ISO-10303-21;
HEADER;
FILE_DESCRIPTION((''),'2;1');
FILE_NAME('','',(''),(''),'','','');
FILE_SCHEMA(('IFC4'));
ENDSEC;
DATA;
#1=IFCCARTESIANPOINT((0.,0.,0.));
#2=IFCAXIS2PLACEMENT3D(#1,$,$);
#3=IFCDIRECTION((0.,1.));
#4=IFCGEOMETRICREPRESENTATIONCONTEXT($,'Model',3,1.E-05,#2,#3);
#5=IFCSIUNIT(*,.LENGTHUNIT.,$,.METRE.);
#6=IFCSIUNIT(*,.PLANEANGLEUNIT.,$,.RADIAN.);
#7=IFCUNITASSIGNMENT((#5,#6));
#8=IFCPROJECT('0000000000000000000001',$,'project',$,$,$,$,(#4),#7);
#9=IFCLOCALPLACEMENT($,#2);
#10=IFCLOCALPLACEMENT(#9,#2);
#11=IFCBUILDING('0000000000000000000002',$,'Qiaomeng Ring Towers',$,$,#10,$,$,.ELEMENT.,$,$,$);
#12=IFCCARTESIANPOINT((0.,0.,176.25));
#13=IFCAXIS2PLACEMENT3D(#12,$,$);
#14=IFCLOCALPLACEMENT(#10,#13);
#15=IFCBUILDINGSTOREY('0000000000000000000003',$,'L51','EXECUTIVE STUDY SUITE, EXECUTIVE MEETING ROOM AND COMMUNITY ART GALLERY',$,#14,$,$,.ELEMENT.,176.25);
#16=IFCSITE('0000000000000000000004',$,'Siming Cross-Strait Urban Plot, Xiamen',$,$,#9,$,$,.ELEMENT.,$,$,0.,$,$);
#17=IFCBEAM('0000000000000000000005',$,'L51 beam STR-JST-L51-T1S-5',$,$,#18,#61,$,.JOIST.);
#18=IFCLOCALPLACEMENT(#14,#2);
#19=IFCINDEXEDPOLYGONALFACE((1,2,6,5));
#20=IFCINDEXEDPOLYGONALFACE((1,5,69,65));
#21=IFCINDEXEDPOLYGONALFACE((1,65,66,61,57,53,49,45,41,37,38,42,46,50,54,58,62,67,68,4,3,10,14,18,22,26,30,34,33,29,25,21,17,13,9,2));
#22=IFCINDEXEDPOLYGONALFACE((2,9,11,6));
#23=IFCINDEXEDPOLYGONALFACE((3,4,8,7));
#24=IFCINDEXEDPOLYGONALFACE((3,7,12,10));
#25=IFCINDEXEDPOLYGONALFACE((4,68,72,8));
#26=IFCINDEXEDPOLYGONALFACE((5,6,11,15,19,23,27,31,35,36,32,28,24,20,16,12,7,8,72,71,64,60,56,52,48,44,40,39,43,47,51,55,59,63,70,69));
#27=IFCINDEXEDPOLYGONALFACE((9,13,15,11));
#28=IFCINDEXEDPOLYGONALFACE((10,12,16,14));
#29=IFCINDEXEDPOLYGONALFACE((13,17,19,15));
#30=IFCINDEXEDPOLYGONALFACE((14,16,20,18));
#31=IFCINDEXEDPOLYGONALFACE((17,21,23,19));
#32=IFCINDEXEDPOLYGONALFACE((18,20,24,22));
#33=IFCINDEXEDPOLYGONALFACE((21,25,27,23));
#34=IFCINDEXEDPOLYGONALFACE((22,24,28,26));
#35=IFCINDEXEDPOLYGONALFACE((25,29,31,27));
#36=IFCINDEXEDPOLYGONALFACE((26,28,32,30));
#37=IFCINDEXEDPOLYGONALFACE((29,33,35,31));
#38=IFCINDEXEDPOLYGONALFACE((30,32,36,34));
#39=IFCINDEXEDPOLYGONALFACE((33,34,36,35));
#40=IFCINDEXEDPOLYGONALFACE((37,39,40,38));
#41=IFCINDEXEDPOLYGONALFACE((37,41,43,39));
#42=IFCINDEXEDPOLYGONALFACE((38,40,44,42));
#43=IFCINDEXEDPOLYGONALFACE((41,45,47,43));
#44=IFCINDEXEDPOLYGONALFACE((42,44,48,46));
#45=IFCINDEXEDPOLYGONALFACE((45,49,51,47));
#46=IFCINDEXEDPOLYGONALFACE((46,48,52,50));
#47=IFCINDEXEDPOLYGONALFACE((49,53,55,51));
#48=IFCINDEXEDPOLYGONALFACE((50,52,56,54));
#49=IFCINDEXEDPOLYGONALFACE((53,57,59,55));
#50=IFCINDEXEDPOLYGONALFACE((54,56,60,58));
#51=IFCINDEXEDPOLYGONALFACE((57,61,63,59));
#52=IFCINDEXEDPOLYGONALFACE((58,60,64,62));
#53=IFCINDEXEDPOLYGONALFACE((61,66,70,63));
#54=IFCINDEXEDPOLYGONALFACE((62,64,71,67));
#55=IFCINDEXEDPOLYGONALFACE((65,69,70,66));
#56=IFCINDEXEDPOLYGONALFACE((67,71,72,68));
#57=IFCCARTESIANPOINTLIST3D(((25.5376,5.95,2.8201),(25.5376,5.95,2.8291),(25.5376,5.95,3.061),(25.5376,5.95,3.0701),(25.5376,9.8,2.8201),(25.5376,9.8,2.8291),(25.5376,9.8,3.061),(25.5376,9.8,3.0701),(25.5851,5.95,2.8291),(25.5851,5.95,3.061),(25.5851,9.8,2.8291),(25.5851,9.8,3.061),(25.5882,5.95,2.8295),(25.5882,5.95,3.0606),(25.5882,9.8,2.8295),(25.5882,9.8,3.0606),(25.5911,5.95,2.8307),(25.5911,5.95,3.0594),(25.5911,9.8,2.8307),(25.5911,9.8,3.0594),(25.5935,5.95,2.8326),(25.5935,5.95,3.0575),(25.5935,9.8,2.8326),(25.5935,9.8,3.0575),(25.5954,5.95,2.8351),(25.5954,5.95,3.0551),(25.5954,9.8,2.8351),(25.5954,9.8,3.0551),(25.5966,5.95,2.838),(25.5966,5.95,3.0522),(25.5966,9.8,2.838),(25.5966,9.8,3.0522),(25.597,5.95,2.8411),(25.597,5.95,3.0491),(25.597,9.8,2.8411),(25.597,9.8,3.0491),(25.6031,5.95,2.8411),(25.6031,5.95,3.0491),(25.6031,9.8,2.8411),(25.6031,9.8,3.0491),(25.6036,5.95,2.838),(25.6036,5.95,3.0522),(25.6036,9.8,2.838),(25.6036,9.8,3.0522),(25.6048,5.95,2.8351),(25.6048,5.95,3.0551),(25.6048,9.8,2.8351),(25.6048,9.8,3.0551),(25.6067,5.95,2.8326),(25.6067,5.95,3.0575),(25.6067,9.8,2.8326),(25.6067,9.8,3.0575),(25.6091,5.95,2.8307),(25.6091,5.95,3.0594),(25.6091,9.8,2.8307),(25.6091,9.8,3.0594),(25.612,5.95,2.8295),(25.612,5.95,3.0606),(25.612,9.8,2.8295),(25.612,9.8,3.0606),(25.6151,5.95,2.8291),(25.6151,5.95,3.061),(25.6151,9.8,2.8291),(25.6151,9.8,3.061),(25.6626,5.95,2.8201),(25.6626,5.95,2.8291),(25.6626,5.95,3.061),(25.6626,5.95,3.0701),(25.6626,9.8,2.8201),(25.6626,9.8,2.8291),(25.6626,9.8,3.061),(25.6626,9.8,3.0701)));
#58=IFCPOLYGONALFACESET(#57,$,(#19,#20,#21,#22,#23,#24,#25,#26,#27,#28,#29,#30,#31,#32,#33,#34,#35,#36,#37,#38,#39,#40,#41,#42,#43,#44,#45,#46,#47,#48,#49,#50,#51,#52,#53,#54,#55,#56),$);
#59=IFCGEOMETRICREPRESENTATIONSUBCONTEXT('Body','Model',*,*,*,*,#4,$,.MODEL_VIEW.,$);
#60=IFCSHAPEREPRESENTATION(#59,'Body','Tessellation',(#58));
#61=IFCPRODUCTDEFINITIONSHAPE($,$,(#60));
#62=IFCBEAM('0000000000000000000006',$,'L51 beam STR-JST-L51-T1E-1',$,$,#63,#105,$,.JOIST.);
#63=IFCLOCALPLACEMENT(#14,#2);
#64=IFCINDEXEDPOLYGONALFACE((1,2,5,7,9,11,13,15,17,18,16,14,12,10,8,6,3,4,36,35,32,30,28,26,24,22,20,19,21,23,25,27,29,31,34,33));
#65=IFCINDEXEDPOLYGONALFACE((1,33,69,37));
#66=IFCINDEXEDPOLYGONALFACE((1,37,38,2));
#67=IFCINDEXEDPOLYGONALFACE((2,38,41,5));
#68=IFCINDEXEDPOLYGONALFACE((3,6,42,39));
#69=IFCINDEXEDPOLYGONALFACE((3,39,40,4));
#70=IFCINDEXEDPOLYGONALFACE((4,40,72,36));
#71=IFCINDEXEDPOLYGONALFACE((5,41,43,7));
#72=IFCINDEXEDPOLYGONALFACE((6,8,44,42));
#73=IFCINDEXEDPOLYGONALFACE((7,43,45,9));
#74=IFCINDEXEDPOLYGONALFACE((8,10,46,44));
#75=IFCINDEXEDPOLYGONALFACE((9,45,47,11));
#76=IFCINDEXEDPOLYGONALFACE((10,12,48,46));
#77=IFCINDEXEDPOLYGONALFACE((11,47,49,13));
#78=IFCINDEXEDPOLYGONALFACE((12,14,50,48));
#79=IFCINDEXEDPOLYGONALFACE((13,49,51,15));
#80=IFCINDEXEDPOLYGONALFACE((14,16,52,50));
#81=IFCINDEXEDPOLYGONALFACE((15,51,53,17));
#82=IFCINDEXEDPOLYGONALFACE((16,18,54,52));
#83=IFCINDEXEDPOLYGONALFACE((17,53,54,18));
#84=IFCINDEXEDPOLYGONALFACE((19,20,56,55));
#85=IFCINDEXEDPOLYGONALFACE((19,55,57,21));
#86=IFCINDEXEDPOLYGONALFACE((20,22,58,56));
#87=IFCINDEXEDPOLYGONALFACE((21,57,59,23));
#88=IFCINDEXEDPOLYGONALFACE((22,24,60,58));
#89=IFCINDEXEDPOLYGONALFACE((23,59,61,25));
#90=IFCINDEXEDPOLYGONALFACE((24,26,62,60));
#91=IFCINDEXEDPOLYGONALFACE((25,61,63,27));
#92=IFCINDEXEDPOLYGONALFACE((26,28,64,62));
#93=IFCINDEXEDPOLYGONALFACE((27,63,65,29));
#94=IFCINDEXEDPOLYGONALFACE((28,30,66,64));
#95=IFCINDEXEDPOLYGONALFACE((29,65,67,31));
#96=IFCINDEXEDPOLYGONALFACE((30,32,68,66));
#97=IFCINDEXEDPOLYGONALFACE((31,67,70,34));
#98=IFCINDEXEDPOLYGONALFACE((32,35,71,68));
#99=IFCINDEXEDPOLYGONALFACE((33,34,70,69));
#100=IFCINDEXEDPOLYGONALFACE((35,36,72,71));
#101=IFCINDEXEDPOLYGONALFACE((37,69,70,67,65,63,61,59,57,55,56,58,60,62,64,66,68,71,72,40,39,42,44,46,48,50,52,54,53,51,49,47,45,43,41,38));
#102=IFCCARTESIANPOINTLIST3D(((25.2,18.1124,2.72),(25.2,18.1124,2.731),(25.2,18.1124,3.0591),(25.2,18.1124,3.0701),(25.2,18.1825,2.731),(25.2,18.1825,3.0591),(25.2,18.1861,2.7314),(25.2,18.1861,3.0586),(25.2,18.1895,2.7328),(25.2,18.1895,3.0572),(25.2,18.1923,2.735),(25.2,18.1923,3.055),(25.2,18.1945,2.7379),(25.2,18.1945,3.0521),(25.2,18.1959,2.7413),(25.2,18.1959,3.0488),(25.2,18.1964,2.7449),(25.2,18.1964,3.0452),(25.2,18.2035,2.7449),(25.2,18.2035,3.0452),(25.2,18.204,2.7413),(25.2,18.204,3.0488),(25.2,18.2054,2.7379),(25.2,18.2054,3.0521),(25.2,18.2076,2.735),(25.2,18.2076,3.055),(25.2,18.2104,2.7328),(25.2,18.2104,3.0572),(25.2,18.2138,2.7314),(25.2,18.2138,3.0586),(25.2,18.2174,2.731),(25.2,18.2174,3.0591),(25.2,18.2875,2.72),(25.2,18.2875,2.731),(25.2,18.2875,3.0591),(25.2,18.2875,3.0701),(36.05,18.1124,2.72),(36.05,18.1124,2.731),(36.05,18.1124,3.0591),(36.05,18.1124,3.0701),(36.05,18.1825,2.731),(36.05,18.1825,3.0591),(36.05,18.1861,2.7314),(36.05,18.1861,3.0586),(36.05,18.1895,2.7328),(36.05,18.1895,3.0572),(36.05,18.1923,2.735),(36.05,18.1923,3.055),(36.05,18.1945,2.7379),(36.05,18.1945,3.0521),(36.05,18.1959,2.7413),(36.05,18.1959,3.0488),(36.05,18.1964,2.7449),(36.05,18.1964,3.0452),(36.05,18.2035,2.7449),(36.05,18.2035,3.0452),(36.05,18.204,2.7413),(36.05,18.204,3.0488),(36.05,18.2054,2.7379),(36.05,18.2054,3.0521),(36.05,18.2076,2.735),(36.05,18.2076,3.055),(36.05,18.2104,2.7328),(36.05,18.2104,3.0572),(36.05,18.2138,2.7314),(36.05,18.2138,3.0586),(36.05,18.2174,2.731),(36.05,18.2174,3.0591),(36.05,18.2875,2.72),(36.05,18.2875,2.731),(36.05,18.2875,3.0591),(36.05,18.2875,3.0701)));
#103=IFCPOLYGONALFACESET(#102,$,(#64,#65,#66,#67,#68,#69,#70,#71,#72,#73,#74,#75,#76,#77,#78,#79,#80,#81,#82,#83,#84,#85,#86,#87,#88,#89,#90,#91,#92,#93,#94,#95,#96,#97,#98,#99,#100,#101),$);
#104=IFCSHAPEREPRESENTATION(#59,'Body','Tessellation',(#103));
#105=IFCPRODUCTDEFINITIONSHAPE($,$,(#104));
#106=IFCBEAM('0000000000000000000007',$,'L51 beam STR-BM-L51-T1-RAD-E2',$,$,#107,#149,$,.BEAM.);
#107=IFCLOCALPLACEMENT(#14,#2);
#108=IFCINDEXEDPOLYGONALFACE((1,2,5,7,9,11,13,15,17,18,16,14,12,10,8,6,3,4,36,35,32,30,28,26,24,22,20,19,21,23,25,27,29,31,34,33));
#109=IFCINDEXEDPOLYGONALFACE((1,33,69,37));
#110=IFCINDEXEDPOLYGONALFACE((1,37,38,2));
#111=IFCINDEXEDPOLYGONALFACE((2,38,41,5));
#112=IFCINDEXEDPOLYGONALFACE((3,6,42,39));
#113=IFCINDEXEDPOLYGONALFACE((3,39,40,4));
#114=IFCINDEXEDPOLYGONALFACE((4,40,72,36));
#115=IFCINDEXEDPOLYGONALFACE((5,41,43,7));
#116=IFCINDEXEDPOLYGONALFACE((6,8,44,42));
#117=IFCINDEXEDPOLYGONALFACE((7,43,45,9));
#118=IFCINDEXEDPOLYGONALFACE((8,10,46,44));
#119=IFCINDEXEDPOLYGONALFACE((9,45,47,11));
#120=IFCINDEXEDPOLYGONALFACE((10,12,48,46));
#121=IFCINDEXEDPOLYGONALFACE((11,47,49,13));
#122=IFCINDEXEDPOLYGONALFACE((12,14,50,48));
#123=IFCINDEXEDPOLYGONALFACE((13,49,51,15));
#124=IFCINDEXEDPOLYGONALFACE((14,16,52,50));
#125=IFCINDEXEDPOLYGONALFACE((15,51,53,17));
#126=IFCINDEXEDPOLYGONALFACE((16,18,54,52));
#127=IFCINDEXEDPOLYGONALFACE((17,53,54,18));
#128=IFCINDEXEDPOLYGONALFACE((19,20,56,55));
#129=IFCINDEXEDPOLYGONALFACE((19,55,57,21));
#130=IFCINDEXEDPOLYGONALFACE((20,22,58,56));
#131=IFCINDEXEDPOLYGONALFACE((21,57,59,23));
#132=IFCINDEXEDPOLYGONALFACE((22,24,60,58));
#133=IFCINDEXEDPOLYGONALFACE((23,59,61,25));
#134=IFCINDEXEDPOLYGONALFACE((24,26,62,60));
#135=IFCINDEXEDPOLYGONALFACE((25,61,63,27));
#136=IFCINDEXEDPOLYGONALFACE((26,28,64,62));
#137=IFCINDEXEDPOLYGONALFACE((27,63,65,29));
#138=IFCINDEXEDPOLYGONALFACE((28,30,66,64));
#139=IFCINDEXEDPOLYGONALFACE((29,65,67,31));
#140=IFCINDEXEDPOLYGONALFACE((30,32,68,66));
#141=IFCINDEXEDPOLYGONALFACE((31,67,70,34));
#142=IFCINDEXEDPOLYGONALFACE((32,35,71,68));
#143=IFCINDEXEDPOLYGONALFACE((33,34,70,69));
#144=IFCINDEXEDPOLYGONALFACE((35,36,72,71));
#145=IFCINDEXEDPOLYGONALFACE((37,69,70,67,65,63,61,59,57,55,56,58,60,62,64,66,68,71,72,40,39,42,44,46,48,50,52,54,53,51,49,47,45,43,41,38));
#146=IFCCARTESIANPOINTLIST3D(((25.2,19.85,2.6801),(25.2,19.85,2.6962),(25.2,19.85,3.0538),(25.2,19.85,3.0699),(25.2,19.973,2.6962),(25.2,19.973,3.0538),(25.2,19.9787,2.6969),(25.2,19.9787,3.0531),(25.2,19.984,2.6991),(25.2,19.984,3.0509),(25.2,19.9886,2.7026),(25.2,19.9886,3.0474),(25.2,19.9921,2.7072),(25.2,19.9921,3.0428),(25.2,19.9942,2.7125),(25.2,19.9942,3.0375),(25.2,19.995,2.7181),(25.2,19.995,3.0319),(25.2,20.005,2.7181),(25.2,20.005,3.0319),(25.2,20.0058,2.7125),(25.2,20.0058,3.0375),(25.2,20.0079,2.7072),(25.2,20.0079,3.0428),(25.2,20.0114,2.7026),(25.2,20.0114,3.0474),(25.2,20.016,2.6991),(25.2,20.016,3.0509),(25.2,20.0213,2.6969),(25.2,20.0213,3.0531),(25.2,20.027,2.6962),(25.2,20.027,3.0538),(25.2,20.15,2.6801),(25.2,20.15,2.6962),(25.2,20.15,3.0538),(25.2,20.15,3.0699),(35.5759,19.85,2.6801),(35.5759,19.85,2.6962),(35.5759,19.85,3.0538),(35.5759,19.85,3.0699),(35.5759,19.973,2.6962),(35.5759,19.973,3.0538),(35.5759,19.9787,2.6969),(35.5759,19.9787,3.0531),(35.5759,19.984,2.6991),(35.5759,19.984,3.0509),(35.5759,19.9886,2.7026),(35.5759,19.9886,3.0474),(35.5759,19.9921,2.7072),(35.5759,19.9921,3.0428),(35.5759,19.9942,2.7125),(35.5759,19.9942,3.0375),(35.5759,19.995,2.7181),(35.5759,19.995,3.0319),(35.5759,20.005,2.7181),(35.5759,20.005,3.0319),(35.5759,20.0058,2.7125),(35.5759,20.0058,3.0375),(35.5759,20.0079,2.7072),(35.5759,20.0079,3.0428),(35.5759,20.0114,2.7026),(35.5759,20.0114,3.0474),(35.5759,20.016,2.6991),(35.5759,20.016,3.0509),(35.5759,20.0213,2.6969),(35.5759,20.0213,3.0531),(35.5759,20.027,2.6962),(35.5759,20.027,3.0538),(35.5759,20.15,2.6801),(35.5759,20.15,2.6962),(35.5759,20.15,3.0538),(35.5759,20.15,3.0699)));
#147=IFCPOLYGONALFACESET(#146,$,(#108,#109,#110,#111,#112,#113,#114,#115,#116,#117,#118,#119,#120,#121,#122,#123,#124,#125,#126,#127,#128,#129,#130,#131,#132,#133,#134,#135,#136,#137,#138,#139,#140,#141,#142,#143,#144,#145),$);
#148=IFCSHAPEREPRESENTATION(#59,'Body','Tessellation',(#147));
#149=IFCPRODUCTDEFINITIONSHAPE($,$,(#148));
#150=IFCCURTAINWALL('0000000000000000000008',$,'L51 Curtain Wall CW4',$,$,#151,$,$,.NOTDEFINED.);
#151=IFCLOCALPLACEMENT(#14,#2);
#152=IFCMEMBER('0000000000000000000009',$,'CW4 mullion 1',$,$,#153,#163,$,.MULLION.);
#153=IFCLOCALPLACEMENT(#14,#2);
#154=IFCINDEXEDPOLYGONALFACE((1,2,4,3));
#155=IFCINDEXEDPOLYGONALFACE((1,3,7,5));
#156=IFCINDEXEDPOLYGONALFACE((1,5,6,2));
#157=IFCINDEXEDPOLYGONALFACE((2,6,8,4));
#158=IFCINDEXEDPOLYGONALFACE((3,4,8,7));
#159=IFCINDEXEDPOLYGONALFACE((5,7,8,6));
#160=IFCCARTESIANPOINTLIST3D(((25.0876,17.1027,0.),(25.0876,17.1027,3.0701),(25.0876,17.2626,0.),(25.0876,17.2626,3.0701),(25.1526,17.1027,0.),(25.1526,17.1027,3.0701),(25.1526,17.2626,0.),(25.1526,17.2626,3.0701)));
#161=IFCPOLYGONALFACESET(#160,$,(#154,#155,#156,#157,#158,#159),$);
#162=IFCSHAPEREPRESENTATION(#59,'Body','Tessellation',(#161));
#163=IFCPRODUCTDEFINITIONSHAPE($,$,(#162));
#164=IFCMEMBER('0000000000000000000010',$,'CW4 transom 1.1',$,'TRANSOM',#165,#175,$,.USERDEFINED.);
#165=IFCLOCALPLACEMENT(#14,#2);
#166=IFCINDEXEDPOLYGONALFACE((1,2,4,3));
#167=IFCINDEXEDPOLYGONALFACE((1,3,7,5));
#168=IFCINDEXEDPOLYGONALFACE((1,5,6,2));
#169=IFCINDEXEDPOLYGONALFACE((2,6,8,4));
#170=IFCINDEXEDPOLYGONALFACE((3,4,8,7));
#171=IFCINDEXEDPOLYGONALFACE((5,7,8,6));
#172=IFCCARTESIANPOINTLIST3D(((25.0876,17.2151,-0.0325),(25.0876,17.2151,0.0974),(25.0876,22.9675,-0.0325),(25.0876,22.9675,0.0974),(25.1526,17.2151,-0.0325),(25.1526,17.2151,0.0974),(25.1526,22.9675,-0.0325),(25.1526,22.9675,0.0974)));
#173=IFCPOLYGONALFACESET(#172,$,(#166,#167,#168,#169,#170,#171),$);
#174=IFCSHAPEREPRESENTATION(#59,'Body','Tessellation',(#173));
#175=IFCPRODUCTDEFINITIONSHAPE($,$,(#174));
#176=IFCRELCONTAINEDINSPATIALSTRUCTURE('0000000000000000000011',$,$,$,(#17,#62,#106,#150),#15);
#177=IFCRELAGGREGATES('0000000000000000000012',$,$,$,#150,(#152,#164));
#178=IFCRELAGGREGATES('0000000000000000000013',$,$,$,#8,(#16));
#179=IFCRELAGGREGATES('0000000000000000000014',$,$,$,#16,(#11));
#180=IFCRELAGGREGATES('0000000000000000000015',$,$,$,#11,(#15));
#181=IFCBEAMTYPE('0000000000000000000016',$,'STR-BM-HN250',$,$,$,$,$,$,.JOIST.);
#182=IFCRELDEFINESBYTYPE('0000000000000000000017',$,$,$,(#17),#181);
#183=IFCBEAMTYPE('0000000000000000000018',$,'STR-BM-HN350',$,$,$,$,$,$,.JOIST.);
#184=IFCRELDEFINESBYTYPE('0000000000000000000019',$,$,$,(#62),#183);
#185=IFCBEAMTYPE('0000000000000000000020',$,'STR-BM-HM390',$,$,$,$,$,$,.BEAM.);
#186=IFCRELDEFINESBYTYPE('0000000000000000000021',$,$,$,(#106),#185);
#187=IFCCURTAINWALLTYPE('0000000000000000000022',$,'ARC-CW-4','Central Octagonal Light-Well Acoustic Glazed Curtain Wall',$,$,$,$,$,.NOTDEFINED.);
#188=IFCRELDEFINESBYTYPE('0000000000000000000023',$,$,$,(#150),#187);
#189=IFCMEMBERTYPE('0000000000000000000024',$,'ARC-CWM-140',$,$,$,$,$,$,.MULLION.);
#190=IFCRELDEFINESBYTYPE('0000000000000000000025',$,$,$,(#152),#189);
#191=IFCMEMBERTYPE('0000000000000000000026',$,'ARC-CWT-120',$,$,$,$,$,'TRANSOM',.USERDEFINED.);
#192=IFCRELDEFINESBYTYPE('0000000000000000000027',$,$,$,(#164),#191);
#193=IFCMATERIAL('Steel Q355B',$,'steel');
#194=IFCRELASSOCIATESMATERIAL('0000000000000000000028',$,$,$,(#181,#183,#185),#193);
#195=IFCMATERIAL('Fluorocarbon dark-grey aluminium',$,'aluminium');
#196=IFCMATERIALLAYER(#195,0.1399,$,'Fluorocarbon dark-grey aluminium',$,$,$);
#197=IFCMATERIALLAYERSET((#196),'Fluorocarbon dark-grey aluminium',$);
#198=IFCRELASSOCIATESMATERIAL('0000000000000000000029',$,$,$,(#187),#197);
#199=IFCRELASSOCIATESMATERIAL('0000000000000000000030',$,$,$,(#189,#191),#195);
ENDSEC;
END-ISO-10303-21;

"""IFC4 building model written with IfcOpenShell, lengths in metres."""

from ifc_helpers import new_model, si_unit, direction, frame, origin, origin_2d, place, context, subcontext, project, spatial, rectangle, i_section, extrude, source, transform, mapped, material, layer, layer_set, material_profile, profile_set, type_object, element, aggregate, save


model = new_model("IFC4")

# Units and contexts
model_context = context("Model", 3, precision=1e-05, world=origin(), true_north=direction((0.0, 1.0)))
body_context = subcontext(model_context, "Body", "Model", "MODEL_VIEW")
ifc_project = project(units=[si_unit("LENGTHUNIT", "METRE"), si_unit("PLANEANGLEUNIT", "RADIAN")], contexts=[model_context])

# Site, building, storey
site_placement = place(None, origin())
site = spatial("IfcSite", under=ifc_project, at=site_placement, Name="Siming Cross-Strait Urban Plot, Xiamen", CompositionType="ELEMENT", RefElevation=0.0)
building_placement = place(site_placement, origin())
building = spatial("IfcBuilding", under=site, at=building_placement, Name="Qiaomeng Ring Towers", CompositionType="ELEMENT")
storey_placement = place(building_placement, frame((0.0, 0.0, 176.25)))
storey = spatial("IfcBuildingStorey", under=building, at=storey_placement, Name="L51", Description="EXECUTIVE STUDY SUITE, EXECUTIVE MEETING ROOM AND COMMUNITY ART GALLERY", CompositionType="ELEMENT", Elevation=176.25)

# Beams
ifc_material_1 = material(Name="Steel Q355B", Category="steel")
ifc_material_profile_1 = material_profile(ifc_material_1, i_section(OverallWidth=0.125, OverallDepth=0.25, WebThickness=0.0061, FlangeThickness=0.009, FilletRadius=0.012, at=origin_2d()), Name="HN 250x125x6x9")
ifc_profile_set_1 = profile_set([ifc_material_profile_1], Name="Steel Q355B")
beam_type_1 = type_object("IfcBeamType", Name="STR-BM-HN250", PredefinedType="JOIST", material=ifc_profile_set_1)
shared_shape_1 = source(origin(), body_context, "Body", "SweptSolid", [
    extrude(i_section(OverallWidth=0.125, OverallDepth=0.25, WebThickness=0.0061, FlangeThickness=0.009, FilletRadius=0.012, at=origin_2d()), origin(), (0.0, 0.0, 1.0), 3.8501),
])
for number, where, z_axis, x_axis, name in (
    (1, (25.6001, 5.95, 2.9451), (0.0, 1.0, 0.0), (-1.0, 0.0, 0.0), "L51 beam STR-JST-L51-T1S-5"),
):
    element("IfcBeam", number, at=place(storey_placement, frame(where, z_axis=z_axis, x_axis=x_axis)), inside=storey, type_object=beam_type_1, Name=name, PredefinedType="JOIST", context=body_context, shape_type="MappedRepresentation", body=[
        mapped(shared_shape_1, transform((0.0, 0.0, 0.0), x_axis=(1.0, 0.0, 0.0), y_axis=(0.0, 1.0, 0.0), z_axis=(0.0, 0.0, 1.0), scale=1.0)),
    ])
ifc_material_profile_2 = material_profile(ifc_material_1, i_section(OverallWidth=0.175, OverallDepth=0.3501, WebThickness=0.0071, FlangeThickness=0.011, FilletRadius=0.0139, at=origin_2d()), Name="HN 350x175x7x11")
ifc_profile_set_2 = profile_set([ifc_material_profile_2], Name="Steel Q355B")
beam_type_2 = type_object("IfcBeamType", Name="STR-BM-HN350", PredefinedType="JOIST", material=ifc_profile_set_2)
shared_shape_2 = source(origin(), body_context, "Body", "SweptSolid", [
    extrude(i_section(OverallWidth=0.175, OverallDepth=0.3501, WebThickness=0.0071, FlangeThickness=0.011, FilletRadius=0.0139, at=origin_2d()), origin(), (0.0, 0.0, 1.0), 10.8501),
])
beam_1_placement = place(storey_placement, frame((25.2, 18.2, 2.895), z_axis=(1.0, 0.0, 0.0), x_axis=(0.0, 1.0, 0.0)))
element("IfcBeam", 2, at=beam_1_placement, inside=storey, type_object=beam_type_2, Name="L51 beam STR-JST-L51-T1E-1", PredefinedType="JOIST", context=body_context, shape_type="MappedRepresentation", body=[
    mapped(shared_shape_2, transform((0.0, 0.0, 0.0), x_axis=(1.0, 0.0, 0.0), y_axis=(0.0, 1.0, 0.0), z_axis=(0.0, 0.0, 1.0), scale=1.0)),
])
ifc_material_profile_3 = material_profile(ifc_material_1, i_section(OverallWidth=0.3, OverallDepth=0.3899, WebThickness=0.01, FlangeThickness=0.0161, FilletRadius=0.022, at=origin_2d()), Name="HM 390x300x10x16")
ifc_profile_set_3 = profile_set([ifc_material_profile_3], Name="Steel Q355B")
beam_type_3 = type_object("IfcBeamType", Name="STR-BM-HM390", PredefinedType="BEAM", material=ifc_profile_set_3)
shared_shape_3 = source(origin(), body_context, "Body", "SweptSolid", [
    extrude(i_section(OverallWidth=0.3, OverallDepth=0.3899, WebThickness=0.01, FlangeThickness=0.0161, FilletRadius=0.022, at=origin_2d()), origin(), (0.0, 0.0, 1.0), 10.376),
])
beam_2_placement = place(storey_placement, frame((25.2, 20.0, 2.875), z_axis=(1.0, 0.0, 0.0), x_axis=(0.0, 1.0, 0.0)))
element("IfcBeam", 3, at=beam_2_placement, inside=storey, type_object=beam_type_3, Name="L51 beam STR-BM-L51-T1-RAD-E2", PredefinedType="BEAM", context=body_context, shape_type="MappedRepresentation", body=[
    mapped(shared_shape_3, transform((0.0, 0.0, 0.0), x_axis=(1.0, 0.0, 0.0), y_axis=(0.0, 1.0, 0.0), z_axis=(0.0, 0.0, 1.0), scale=1.0)),
])

# Curtain wall, members
ifc_material_2 = material(Name="Fluorocarbon dark-grey aluminium", Category="aluminium")
ifc_layer_1 = layer(ifc_material_2, 0.1399, Name="Fluorocarbon dark-grey aluminium")
ifc_layer_set_1 = layer_set([ifc_layer_1], Name="Fluorocarbon dark-grey aluminium")
curtain_wall_type = type_object("IfcCurtainWallType", Name="ARC-CW-4", Description="Central Octagonal Light-Well Acoustic Glazed Curtain Wall", PredefinedType="NOTDEFINED", material=ifc_layer_set_1)
curtain_wall_placement = place(storey_placement, origin())
curtain_wall = element("IfcCurtainWall", 4, at=curtain_wall_placement, inside=storey, type_object=curtain_wall_type, Name="L51 Curtain Wall CW4", PredefinedType="NOTDEFINED")
ifc_material_profile_4 = material_profile(ifc_material_2, rectangle(XDim=0.0649, YDim=0.1599, at=origin_2d()), Name="ALU MULL 65x160")
ifc_profile_set_4 = profile_set([ifc_material_profile_4], Name="Fluorocarbon dark-grey aluminium")
member_type_1 = type_object("IfcMemberType", Name="ARC-CWM-140", PredefinedType="MULLION", material=ifc_profile_set_4)
shared_shape_4 = source(origin(), body_context, "Body", "SweptSolid", [
    extrude(rectangle(XDim=0.0649, YDim=0.1599, at=origin_2d()), origin(), (0.0, 0.0, 1.0), 3.0701),
])
member_1_placement = place(storey_placement, frame((25.1201, 17.1826, 0.0), z_axis=(0.0, 0.0, 1.0), x_axis=(-1.0, 0.0, 0.0)))
member_1 = element("IfcMember", 5, at=member_1_placement, type_object=member_type_1, Name="CW4 mullion 1", PredefinedType="MULLION", context=body_context, shape_type="MappedRepresentation", body=[
    mapped(shared_shape_4, transform((0.0, 0.0, 0.0), x_axis=(1.0, 0.0, 0.0), y_axis=(0.0, 1.0, 0.0), z_axis=(0.0, 0.0, 1.0), scale=1.0)),
])
ifc_material_profile_5 = material_profile(ifc_material_2, rectangle(XDim=0.0649, YDim=0.1299, at=origin_2d()), Name="ALU TRAN 65x130")
ifc_profile_set_5 = profile_set([ifc_material_profile_5], Name="Fluorocarbon dark-grey aluminium")
member_type_2 = type_object("IfcMemberType", Name="ARC-CWT-120", ElementType="TRANSOM", PredefinedType="USERDEFINED", material=ifc_profile_set_5)
shared_shape_5 = source(origin(), body_context, "Body", "SweptSolid", [
    extrude(rectangle(XDim=0.0649, YDim=0.1299, at=origin_2d()), origin(), (0.0, 0.0, 1.0), 5.7524),
])
member_2_placement = place(storey_placement, frame((25.1201, 17.2151, 0.0325), z_axis=(0.0, 1.0, 0.0), x_axis=(-1.0, 0.0, 0.0)))
member_2 = element("IfcMember", 6, at=member_2_placement, type_object=member_type_2, Name="CW4 transom 1.1", ObjectType="TRANSOM", PredefinedType="USERDEFINED", context=body_context, shape_type="MappedRepresentation", body=[
    mapped(shared_shape_5, transform((0.0, 0.0, 0.0), x_axis=(1.0, 0.0, 0.0), y_axis=(0.0, 1.0, 0.0), z_axis=(0.0, 0.0, 1.0), scale=1.0)),
])
aggregate(curtain_wall, [member_1, member_2])

save(model, "model.ifc")
